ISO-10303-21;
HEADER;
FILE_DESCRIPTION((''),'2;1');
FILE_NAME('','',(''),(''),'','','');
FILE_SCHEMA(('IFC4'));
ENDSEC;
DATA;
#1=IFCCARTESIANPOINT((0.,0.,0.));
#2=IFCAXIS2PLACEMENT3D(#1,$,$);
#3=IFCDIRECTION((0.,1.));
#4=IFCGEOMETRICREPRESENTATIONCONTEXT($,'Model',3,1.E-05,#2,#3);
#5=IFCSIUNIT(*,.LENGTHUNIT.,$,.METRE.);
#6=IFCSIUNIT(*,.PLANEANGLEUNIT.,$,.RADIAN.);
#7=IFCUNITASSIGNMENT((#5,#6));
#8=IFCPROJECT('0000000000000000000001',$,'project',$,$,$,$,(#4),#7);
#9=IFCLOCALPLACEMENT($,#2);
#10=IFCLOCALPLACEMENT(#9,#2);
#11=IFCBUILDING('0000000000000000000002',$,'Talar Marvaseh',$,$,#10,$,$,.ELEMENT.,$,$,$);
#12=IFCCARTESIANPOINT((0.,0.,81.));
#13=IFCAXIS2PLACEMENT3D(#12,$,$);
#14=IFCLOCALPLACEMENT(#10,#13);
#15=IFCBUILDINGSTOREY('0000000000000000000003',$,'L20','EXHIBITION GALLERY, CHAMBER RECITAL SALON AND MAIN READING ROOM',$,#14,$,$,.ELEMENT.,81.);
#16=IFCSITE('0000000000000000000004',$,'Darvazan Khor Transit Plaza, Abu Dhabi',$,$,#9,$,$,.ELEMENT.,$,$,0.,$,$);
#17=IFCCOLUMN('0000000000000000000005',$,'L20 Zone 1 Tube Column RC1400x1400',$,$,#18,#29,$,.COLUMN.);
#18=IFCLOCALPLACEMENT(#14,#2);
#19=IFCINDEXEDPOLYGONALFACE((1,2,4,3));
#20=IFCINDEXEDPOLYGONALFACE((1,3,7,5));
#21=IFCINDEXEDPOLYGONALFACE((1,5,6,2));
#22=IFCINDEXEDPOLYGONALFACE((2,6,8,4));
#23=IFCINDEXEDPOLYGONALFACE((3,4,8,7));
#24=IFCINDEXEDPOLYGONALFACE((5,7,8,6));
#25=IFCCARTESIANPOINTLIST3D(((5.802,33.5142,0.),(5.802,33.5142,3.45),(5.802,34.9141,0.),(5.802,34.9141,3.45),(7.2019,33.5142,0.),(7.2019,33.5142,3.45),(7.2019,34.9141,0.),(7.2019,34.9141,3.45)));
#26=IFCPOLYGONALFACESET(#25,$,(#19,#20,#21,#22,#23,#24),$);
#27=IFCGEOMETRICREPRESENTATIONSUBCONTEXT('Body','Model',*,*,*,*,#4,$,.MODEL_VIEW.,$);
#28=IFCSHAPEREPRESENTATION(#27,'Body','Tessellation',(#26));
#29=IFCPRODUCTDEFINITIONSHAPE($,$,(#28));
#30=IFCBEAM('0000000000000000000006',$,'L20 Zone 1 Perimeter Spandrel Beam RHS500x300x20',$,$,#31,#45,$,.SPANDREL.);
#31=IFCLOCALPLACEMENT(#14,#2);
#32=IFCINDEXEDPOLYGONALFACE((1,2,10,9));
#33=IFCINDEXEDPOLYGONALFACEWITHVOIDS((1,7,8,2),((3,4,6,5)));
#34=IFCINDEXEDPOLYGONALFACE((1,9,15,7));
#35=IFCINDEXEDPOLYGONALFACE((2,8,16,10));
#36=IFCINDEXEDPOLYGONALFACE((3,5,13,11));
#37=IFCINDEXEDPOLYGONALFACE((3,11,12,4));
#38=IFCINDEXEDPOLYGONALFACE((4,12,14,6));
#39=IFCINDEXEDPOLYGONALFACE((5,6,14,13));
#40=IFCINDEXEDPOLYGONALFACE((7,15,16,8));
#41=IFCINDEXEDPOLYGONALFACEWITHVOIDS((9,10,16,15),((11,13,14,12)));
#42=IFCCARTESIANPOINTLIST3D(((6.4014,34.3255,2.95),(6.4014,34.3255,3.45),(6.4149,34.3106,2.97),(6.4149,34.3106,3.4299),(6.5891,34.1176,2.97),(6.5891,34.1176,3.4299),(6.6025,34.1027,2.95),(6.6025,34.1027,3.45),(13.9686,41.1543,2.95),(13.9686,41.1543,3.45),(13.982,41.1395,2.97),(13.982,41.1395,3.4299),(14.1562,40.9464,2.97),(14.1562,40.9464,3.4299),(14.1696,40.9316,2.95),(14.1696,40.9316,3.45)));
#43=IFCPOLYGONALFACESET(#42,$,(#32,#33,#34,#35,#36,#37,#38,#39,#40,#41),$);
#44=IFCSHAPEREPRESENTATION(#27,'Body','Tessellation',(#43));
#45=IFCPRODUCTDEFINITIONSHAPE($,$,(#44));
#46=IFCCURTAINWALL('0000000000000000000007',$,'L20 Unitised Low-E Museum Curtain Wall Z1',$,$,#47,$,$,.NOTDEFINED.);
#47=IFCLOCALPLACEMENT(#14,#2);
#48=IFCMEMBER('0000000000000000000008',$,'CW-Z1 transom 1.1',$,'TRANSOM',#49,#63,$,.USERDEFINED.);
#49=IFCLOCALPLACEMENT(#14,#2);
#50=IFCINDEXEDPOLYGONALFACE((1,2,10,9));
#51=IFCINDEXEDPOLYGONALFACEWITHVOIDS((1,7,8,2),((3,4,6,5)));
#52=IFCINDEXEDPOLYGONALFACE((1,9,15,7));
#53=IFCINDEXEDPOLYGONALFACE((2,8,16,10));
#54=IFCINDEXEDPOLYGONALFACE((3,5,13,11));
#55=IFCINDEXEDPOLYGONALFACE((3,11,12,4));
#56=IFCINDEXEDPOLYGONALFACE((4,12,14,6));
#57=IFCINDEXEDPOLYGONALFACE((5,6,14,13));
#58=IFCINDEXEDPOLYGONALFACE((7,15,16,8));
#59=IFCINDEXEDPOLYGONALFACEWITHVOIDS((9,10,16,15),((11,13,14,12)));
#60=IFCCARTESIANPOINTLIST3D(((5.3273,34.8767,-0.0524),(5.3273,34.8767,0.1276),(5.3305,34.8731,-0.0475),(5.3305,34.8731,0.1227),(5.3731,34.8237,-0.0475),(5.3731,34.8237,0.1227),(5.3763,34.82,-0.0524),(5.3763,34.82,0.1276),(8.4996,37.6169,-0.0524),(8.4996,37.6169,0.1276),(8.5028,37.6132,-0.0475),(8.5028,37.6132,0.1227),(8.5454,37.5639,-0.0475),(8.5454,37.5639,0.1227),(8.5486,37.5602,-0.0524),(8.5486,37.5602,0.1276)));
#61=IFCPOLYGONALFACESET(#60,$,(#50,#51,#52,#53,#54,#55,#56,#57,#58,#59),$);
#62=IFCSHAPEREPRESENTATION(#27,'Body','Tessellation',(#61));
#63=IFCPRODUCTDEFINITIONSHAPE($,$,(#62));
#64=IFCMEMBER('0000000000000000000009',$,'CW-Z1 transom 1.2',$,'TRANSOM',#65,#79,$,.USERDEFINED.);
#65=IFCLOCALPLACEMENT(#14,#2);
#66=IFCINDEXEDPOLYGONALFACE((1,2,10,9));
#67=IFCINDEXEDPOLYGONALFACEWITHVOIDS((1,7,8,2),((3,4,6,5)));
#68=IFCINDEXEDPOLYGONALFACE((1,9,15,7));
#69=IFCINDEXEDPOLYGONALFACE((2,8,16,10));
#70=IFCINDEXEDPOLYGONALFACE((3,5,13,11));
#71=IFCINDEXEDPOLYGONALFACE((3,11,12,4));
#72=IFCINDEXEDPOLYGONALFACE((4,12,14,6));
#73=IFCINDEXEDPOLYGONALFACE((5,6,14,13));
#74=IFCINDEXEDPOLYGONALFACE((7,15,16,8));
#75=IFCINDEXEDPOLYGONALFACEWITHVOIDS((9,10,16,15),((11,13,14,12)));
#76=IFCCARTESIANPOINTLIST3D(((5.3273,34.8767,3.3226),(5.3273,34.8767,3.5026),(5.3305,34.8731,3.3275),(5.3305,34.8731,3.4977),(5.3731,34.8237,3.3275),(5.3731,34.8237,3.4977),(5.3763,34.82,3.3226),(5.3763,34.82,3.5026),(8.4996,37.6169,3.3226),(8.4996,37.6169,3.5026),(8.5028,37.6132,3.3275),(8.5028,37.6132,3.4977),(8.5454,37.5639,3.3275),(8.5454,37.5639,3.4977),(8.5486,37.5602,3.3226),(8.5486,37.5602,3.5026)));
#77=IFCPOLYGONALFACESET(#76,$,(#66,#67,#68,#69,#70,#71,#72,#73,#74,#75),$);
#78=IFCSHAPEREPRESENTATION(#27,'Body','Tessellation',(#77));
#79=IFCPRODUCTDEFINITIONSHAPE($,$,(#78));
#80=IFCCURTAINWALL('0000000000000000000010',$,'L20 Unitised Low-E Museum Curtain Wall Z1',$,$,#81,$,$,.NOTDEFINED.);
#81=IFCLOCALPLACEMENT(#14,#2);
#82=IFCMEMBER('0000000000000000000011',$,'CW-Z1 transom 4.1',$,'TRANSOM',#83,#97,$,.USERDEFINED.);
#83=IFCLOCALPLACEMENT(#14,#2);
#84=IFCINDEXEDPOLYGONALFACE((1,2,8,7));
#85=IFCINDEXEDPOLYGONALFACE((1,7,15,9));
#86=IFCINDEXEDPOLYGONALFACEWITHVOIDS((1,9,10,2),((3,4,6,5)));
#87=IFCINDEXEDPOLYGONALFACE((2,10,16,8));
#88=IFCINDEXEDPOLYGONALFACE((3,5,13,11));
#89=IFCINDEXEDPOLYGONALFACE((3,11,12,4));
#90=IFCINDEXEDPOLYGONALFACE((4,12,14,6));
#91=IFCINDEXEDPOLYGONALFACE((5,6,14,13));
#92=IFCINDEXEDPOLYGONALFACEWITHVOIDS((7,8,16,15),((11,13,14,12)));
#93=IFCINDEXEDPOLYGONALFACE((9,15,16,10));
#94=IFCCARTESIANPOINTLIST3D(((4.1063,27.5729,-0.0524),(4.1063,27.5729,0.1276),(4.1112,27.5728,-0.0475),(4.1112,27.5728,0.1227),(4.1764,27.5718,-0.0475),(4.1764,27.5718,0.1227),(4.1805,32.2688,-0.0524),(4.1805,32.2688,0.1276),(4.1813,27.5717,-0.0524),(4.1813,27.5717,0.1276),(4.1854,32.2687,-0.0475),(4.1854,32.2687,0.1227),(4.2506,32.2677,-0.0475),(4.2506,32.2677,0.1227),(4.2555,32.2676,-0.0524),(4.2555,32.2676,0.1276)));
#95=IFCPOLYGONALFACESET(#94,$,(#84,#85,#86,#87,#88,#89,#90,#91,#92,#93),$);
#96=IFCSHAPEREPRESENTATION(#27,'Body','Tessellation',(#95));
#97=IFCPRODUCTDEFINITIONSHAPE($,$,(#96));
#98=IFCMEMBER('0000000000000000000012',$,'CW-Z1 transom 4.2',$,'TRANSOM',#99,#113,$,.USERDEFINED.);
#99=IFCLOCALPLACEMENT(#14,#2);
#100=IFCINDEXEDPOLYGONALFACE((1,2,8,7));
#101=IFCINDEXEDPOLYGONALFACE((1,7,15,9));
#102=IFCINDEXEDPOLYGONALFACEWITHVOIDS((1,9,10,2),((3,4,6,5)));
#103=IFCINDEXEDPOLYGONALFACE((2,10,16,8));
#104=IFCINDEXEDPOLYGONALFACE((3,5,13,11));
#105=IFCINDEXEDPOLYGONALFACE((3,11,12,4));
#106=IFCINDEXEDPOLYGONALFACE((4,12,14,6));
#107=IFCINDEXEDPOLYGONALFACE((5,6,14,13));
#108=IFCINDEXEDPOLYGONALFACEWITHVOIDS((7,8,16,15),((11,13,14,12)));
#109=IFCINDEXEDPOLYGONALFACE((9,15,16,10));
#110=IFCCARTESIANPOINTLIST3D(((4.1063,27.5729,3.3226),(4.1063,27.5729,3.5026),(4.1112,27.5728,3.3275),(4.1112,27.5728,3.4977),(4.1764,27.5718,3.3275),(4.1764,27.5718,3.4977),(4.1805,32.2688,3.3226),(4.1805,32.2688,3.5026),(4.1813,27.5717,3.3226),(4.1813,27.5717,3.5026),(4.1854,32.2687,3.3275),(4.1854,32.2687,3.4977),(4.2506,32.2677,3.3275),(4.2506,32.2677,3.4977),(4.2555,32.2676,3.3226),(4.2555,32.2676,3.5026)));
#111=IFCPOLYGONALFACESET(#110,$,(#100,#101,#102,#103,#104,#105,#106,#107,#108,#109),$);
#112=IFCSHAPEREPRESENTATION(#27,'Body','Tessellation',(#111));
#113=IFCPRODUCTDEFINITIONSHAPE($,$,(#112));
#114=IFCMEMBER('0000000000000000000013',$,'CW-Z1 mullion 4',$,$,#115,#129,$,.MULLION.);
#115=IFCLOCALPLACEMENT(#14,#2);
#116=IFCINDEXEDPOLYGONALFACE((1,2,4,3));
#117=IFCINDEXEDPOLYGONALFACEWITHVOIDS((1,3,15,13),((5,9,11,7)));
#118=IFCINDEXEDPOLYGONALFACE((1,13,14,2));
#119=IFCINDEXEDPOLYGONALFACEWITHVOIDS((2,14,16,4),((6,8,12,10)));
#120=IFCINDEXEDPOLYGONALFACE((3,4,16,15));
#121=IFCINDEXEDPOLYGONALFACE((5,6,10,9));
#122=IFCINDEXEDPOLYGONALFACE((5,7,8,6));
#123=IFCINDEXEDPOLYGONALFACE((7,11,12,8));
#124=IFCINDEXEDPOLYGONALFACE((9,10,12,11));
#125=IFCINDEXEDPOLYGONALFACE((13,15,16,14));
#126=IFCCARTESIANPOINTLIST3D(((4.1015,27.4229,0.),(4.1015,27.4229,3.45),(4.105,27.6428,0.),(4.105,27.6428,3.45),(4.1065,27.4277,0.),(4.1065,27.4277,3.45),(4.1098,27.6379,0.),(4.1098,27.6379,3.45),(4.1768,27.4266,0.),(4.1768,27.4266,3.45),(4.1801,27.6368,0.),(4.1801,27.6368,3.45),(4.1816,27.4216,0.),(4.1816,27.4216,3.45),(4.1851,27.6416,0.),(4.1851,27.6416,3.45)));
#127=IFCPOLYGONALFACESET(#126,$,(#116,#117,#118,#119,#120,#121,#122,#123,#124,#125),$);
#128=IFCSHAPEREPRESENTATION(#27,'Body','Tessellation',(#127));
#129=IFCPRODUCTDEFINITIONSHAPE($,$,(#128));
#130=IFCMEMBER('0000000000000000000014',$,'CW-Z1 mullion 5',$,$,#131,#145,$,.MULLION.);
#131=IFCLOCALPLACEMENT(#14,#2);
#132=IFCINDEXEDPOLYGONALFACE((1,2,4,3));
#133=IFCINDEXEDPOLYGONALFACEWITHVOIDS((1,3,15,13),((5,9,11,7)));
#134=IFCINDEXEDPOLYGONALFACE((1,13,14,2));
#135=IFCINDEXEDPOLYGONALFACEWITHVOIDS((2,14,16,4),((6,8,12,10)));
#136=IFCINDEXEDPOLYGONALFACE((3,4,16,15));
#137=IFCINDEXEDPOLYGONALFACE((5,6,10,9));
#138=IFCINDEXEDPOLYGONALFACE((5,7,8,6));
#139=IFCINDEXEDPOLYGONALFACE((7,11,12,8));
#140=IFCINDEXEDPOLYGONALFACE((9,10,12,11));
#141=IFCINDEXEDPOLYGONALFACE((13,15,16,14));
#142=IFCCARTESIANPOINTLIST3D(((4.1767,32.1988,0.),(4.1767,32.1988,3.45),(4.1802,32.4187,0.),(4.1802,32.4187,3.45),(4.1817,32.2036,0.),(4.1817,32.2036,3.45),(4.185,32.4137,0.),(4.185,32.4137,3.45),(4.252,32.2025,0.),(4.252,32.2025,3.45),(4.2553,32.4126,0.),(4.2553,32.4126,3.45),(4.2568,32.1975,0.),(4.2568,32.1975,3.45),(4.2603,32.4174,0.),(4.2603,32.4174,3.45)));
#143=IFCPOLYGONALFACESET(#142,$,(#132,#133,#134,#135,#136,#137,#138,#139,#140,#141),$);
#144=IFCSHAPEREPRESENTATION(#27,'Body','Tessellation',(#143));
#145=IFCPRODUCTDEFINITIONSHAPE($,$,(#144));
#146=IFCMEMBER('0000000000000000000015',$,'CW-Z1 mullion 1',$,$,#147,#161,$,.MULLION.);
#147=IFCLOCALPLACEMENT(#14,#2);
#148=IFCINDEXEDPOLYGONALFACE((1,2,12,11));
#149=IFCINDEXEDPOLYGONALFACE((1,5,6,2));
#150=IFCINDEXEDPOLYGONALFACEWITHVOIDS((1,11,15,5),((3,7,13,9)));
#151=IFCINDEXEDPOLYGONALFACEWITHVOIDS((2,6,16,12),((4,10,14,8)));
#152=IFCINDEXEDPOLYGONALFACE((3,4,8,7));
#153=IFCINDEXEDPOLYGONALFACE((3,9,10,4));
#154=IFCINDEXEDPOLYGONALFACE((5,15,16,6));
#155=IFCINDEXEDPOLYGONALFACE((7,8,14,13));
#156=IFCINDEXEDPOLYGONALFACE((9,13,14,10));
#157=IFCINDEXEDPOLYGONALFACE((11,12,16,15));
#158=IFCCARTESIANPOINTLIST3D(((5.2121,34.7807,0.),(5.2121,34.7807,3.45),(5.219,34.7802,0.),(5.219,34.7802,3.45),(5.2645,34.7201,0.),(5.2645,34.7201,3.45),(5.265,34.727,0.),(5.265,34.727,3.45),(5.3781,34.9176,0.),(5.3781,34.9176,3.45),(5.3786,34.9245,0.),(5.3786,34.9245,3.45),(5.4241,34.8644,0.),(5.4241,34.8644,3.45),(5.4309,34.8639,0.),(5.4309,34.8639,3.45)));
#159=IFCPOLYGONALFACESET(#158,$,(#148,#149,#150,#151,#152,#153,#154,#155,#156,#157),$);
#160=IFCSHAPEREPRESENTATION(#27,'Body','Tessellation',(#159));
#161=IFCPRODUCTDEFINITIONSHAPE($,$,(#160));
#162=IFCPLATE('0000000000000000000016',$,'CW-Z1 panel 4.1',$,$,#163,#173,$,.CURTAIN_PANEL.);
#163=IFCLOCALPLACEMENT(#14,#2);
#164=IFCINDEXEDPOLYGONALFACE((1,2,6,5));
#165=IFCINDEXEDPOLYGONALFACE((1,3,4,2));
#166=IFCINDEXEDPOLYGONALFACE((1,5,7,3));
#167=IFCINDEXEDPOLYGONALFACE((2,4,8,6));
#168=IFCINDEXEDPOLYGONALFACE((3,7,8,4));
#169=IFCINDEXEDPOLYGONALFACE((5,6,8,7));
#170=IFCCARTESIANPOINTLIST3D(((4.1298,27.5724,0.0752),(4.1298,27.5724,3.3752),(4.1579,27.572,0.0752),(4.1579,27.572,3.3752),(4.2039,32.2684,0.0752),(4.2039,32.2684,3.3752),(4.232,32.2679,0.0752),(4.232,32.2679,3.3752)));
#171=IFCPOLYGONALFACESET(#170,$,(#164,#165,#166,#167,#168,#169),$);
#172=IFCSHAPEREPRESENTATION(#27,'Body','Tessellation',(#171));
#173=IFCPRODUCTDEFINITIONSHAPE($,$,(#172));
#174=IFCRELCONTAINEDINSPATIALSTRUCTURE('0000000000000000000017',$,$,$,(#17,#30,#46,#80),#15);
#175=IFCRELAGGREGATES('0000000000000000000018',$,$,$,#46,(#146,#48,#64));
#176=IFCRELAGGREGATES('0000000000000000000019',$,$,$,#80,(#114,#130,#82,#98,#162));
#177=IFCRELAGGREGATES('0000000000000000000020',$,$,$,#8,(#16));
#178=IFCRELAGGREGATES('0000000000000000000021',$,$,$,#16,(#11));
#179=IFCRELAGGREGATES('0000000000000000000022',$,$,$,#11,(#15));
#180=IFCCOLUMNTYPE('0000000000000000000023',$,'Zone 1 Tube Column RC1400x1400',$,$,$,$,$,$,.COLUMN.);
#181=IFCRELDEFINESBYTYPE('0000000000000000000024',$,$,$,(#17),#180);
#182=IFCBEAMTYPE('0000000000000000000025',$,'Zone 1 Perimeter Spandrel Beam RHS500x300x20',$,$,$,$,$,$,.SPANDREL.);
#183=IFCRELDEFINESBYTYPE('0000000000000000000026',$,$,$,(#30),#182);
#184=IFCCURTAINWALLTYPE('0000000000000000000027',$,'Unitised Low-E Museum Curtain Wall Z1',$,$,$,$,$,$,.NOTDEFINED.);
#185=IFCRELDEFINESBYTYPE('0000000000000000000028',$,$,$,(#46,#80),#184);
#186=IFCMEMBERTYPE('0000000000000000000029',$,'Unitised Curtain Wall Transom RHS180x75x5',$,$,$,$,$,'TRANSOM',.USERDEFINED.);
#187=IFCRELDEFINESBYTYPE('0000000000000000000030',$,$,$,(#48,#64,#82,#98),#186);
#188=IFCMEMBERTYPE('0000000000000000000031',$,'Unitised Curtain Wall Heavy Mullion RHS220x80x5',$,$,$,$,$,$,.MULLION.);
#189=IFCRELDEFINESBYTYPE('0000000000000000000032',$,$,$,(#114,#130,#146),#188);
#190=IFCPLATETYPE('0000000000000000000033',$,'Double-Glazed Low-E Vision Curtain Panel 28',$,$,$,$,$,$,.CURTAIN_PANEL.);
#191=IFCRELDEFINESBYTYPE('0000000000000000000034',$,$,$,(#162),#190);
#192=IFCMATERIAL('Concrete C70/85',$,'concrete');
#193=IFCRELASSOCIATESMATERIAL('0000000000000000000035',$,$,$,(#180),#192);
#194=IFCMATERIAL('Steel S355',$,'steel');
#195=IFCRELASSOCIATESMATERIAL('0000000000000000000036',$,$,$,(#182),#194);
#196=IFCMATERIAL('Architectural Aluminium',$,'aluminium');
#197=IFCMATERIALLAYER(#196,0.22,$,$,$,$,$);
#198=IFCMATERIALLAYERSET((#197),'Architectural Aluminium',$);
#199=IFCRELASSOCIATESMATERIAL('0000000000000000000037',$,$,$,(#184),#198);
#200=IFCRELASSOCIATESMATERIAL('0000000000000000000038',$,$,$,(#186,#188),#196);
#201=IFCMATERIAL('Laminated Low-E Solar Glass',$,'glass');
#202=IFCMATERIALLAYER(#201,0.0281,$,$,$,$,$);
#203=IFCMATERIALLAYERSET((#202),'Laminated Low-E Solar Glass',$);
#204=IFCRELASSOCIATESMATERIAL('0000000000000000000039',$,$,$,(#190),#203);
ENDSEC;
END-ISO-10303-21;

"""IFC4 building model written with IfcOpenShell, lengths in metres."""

from ifc_helpers import new_model, si_unit, direction, frame, origin, origin_2d, place, context, subcontext, project, spatial, rectangle, hollow_rectangle, extrude, source, transform, mapped, material, layer, layer_set, material_profile, profile_set, type_object, type_shapes, element, aggregate, save


model = new_model("IFC4")

# Units and contexts
model_context = context("Model", 3, precision=1e-05, world=origin(), true_north=direction((0.0, 1.0)))
body_context = subcontext(model_context, "Body", "Model", "MODEL_VIEW")
ifc_project = project(units=[si_unit("LENGTHUNIT", "METRE"), si_unit("PLANEANGLEUNIT", "RADIAN")], contexts=[model_context])

# Site, building, storey
site_placement = place(None, origin())
site = spatial("IfcSite", under=ifc_project, at=site_placement, Name="Darvazan Khor Transit Plaza, Abu Dhabi", CompositionType="ELEMENT", RefElevation=0.0)
building_placement = place(site_placement, origin())
building = spatial("IfcBuilding", under=site, at=building_placement, Name="Talar Marvaseh", CompositionType="ELEMENT")
storey_placement = place(building_placement, frame((0.0, 0.0, 81.0)))
storey = spatial("IfcBuildingStorey", under=building, at=storey_placement, Name="L20", Description="EXHIBITION GALLERY, CHAMBER RECITAL SALON AND MAIN READING ROOM", CompositionType="ELEMENT", Elevation=81.0)

# Column
ifc_material_1 = material(Name="Concrete C70/85", Category="concrete")
ifc_material_profile_1 = material_profile(ifc_material_1, rectangle(XDim=1.3999, YDim=1.3999, at=origin_2d()), Name="RC1400x1400")
ifc_profile_set_1 = profile_set([ifc_material_profile_1], Name="Concrete C70/85")
column_type = type_object("IfcColumnType", Name="Zone 1 Tube Column RC1400x1400", PredefinedType="COLUMN", material=ifc_profile_set_1)
column_placement = place(storey_placement, frame((6.502, 34.2141, 0.0), z_axis=(0.0, 0.0, 1.0), x_axis=(1.0, 0.0, 0.0)))
element("IfcColumn", 1, at=column_placement, inside=storey, type_object=column_type, Name="L20 Zone 1 Tube Column RC1400x1400", PredefinedType="COLUMN", context=body_context, shape_type="SweptSolid", body=[
    extrude(rectangle(XDim=1.3999, YDim=1.3999, at=origin_2d()), origin(), (0.0, 0.0, 1.0), 3.45),
])

# Beam
ifc_material_2 = material(Name="Steel S355", Category="steel")
ifc_material_profile_2 = material_profile(ifc_material_2, hollow_rectangle(XDim=0.3, YDim=0.5, WallThickness=0.02, at=origin_2d()), Name="RHS500x300x20")
ifc_profile_set_2 = profile_set([ifc_material_profile_2], Name="Steel S355")
beam_type = type_object("IfcBeamType", Name="Zone 1 Perimeter Spandrel Beam RHS500x300x20", PredefinedType="SPANDREL", material=ifc_profile_set_2)
beam_placement = place(storey_placement, frame((6.502, 34.2141, 3.2), z_axis=(0.742394, 0.669963, 0.0), x_axis=(-0.669963, 0.742394, 0.0)))
element("IfcBeam", 2, at=beam_placement, inside=storey, type_object=beam_type, Name="L20 Zone 1 Perimeter Spandrel Beam RHS500x300x20", PredefinedType="SPANDREL", context=body_context, shape_type="SweptSolid", body=[
    extrude(hollow_rectangle(XDim=0.3, YDim=0.5, WallThickness=0.02, at=origin_2d()), origin(), (0.0, 0.0, 1.0), 10.1929),
])

# Curtain walls, members
ifc_material_3 = material(Name="Architectural Aluminium", Category="aluminium")
ifc_layer_1 = layer(ifc_material_3, 0.22)
ifc_layer_set_1 = layer_set([ifc_layer_1], Name="Architectural Aluminium")
curtain_wall_type = type_object("IfcCurtainWallType", Name="Unitised Low-E Museum Curtain Wall Z1", PredefinedType="NOTDEFINED", material=ifc_layer_set_1)
curtain_wall_1_placement = place(storey_placement, origin())
curtain_wall_1 = element("IfcCurtainWall", 3, at=curtain_wall_1_placement, inside=storey, type_object=curtain_wall_type, Name="L20 Unitised Low-E Museum Curtain Wall Z1", PredefinedType="NOTDEFINED")
ifc_material_profile_3 = material_profile(ifc_material_3, hollow_rectangle(XDim=0.075, YDim=0.1799, WallThickness=0.0049, at=origin_2d()), Name="RHS180x75x5")
ifc_profile_set_3 = profile_set([ifc_material_profile_3], Name="Architectural Aluminium")
member_type_1 = type_object("IfcMemberType", Name="Unitised Curtain Wall Transom RHS180x75x5", ElementType="TRANSOM", PredefinedType="USERDEFINED", material=ifc_profile_set_3)
shared_shape_1 = source(origin(), body_context, "Body", "SweptSolid", [
    extrude(hollow_rectangle(XDim=0.075, YDim=0.1799, WallThickness=0.0049, at=origin_2d()), origin(), (0.0, 0.0, 1.0), 4.1919),
])
member_1_placement = place(storey_placement, frame((5.3518, 34.8484, 0.0376), z_axis=(0.756768, 0.653684, 0.0), x_axis=(-0.653684, 0.756768, 0.0)))
member_1 = element("IfcMember", 4, at=member_1_placement, type_object=member_type_1, Name="CW-Z1 transom 1.1", ObjectType="TRANSOM", PredefinedType="USERDEFINED", context=body_context, shape_type="MappedRepresentation", body=[
    mapped(shared_shape_1, transform((0.0, 0.0, 0.0), x_axis=(1.0, 0.0, 0.0), y_axis=(0.0, 1.0, 0.0), z_axis=(0.0, 0.0, 1.0), scale=1.0)),
])
member_2_placement = place(storey_placement, frame((5.3518, 34.8484, 3.4126), z_axis=(0.756768, 0.653684, 0.0), x_axis=(-0.653684, 0.756768, 0.0)))
member_2 = element("IfcMember", 5, at=member_2_placement, type_object=member_type_1, Name="CW-Z1 transom 1.2", ObjectType="TRANSOM", PredefinedType="USERDEFINED", context=body_context, shape_type="MappedRepresentation", body=[
    mapped(shared_shape_1, transform((0.0, 0.0, 0.0), x_axis=(1.0, 0.0, 0.0), y_axis=(0.0, 1.0, 0.0), z_axis=(0.0, 0.0, 1.0), scale=1.0)),
])
curtain_wall_2_placement = place(storey_placement, origin())
curtain_wall_2 = element("IfcCurtainWall", 6, at=curtain_wall_2_placement, inside=storey, type_object=curtain_wall_type, Name="L20 Unitised Low-E Museum Curtain Wall Z1", PredefinedType="NOTDEFINED")
shared_shape_2 = source(origin(), body_context, "Body", "SweptSolid", [
    extrude(hollow_rectangle(XDim=0.075, YDim=0.1799, WallThickness=0.0049, at=origin_2d()), origin(), (0.0, 0.0, 1.0), 4.6965),
])
type_shapes(member_type_1, [shared_shape_1, shared_shape_2])
member_3_placement = place(storey_placement, frame((4.1438, 27.5723, 0.0376), z_axis=(0.015803, 0.999875, 0.0), x_axis=(-0.999875, 0.015803, 0.0)))
member_3 = element("IfcMember", 7, at=member_3_placement, type_object=member_type_1, Name="CW-Z1 transom 4.1", ObjectType="TRANSOM", PredefinedType="USERDEFINED", context=body_context, shape_type="MappedRepresentation", body=[
    mapped(shared_shape_2, transform((0.0, 0.0, 0.0), x_axis=(1.0, 0.0, 0.0), y_axis=(0.0, 1.0, 0.0), z_axis=(0.0, 0.0, 1.0), scale=1.0)),
])
member_4_placement = place(storey_placement, frame((4.1438, 27.5723, 3.4126), z_axis=(0.015803, 0.999875, 0.0), x_axis=(-0.999875, 0.015803, 0.0)))
member_4 = element("IfcMember", 8, at=member_4_placement, type_object=member_type_1, Name="CW-Z1 transom 4.2", ObjectType="TRANSOM", PredefinedType="USERDEFINED", context=body_context, shape_type="MappedRepresentation", body=[
    mapped(shared_shape_2, transform((0.0, 0.0, 0.0), x_axis=(1.0, 0.0, 0.0), y_axis=(0.0, 1.0, 0.0), z_axis=(0.0, 0.0, 1.0), scale=1.0)),
])
ifc_material_profile_4 = material_profile(ifc_material_3, hollow_rectangle(XDim=0.0801, YDim=0.22, WallThickness=0.0049, at=origin_2d()), Name="RHS220x80x5")
ifc_profile_set_4 = profile_set([ifc_material_profile_4], Name="Architectural Aluminium")
member_type_2 = type_object("IfcMemberType", Name="Unitised Curtain Wall Heavy Mullion RHS220x80x5", PredefinedType="MULLION", material=ifc_profile_set_4)
shared_shape_3 = source(origin(), body_context, "Body", "SweptSolid", [
    extrude(hollow_rectangle(XDim=0.0801, YDim=0.22, WallThickness=0.0049, at=origin_2d()), origin(), (0.0, 0.0, 1.0), 3.45),
])
type_shapes(member_type_2, [shared_shape_3])
member_5_placement = place(storey_placement, frame((4.1433, 27.5322, 0.0), z_axis=(0.0, 0.0, 1.0), x_axis=(-0.999876, 0.015774, 0.0)))
member_5 = element("IfcMember", 9, at=member_5_placement, type_object=member_type_2, Name="CW-Z1 mullion 4", PredefinedType="MULLION", context=body_context, shape_type="MappedRepresentation", body=[
    mapped(shared_shape_3, transform((0.0, 0.0, 0.0), x_axis=(1.0, 0.0, 0.0), y_axis=(0.0, 1.0, 0.0), z_axis=(0.0, 0.0, 1.0), scale=1.0)),
])
member_6_placement = place(storey_placement, frame((4.2185, 32.3081, 0.0), z_axis=(0.0, 0.0, 1.0), x_axis=(-0.999876, 0.015774, 0.0)))
member_6 = element("IfcMember", 10, at=member_6_placement, type_object=member_type_2, Name="CW-Z1 mullion 5", PredefinedType="MULLION", context=body_context, shape_type="MappedRepresentation", body=[
    mapped(shared_shape_3, transform((0.0, 0.0, 0.0), x_axis=(1.0, 0.0, 0.0), y_axis=(0.0, 1.0, 0.0), z_axis=(0.0, 0.0, 1.0), scale=1.0)),
])

# Member
member_7_placement = place(storey_placement, frame((5.3215, 34.8223, 0.0), z_axis=(0.0, 0.0, 1.0), x_axis=(-0.653657, 0.756791, 0.0)))
member_7 = element("IfcMember", 11, at=member_7_placement, type_object=member_type_2, Name="CW-Z1 mullion 1", PredefinedType="MULLION", context=body_context, shape_type="MappedRepresentation", body=[
    mapped(shared_shape_3, transform((0.0, 0.0, 0.0), x_axis=(1.0, 0.0, 0.0), y_axis=(0.0, 1.0, 0.0), z_axis=(0.0, 0.0, 1.0), scale=1.0)),
])
aggregate(curtain_wall_1, [member_7, member_1, member_2])

# Plate
ifc_material_4 = material(Name="Laminated Low-E Solar Glass", Category="glass")
ifc_layer_2 = layer(ifc_material_4, 0.0281)
ifc_layer_set_2 = layer_set([ifc_layer_2], Name="Laminated Low-E Solar Glass")
plate_type = type_object("IfcPlateType", Name="Double-Glazed Low-E Vision Curtain Panel 28", PredefinedType="CURTAIN_PANEL", material=ifc_layer_set_2)
shared_shape_4 = source(origin(), body_context, "Body", "SweptSolid", [
    extrude(rectangle(XDim=4.6965, YDim=0.0281, at=origin_2d()), origin(), (0.0, 0.0, 1.0), 3.3),
])
type_shapes(plate_type, [shared_shape_4])
plate_placement = place(storey_placement, frame((4.1809, 29.9202, 0.0752), z_axis=(0.0, 0.0, 1.0), x_axis=(0.015774, 0.999876, 0.0)))
plate = element("IfcPlate", 12, at=plate_placement, type_object=plate_type, Name="CW-Z1 panel 4.1", PredefinedType="CURTAIN_PANEL", context=body_context, shape_type="MappedRepresentation", body=[
    mapped(shared_shape_4, transform((0.0, 0.0, 0.0), x_axis=(1.0, 0.0, 0.0), y_axis=(0.0, 1.0, 0.0), z_axis=(0.0, 0.0, 1.0), scale=1.0)),
])
aggregate(curtain_wall_2, [member_5, member_6, member_3, member_4, plate])

save(model, "model.ifc")
